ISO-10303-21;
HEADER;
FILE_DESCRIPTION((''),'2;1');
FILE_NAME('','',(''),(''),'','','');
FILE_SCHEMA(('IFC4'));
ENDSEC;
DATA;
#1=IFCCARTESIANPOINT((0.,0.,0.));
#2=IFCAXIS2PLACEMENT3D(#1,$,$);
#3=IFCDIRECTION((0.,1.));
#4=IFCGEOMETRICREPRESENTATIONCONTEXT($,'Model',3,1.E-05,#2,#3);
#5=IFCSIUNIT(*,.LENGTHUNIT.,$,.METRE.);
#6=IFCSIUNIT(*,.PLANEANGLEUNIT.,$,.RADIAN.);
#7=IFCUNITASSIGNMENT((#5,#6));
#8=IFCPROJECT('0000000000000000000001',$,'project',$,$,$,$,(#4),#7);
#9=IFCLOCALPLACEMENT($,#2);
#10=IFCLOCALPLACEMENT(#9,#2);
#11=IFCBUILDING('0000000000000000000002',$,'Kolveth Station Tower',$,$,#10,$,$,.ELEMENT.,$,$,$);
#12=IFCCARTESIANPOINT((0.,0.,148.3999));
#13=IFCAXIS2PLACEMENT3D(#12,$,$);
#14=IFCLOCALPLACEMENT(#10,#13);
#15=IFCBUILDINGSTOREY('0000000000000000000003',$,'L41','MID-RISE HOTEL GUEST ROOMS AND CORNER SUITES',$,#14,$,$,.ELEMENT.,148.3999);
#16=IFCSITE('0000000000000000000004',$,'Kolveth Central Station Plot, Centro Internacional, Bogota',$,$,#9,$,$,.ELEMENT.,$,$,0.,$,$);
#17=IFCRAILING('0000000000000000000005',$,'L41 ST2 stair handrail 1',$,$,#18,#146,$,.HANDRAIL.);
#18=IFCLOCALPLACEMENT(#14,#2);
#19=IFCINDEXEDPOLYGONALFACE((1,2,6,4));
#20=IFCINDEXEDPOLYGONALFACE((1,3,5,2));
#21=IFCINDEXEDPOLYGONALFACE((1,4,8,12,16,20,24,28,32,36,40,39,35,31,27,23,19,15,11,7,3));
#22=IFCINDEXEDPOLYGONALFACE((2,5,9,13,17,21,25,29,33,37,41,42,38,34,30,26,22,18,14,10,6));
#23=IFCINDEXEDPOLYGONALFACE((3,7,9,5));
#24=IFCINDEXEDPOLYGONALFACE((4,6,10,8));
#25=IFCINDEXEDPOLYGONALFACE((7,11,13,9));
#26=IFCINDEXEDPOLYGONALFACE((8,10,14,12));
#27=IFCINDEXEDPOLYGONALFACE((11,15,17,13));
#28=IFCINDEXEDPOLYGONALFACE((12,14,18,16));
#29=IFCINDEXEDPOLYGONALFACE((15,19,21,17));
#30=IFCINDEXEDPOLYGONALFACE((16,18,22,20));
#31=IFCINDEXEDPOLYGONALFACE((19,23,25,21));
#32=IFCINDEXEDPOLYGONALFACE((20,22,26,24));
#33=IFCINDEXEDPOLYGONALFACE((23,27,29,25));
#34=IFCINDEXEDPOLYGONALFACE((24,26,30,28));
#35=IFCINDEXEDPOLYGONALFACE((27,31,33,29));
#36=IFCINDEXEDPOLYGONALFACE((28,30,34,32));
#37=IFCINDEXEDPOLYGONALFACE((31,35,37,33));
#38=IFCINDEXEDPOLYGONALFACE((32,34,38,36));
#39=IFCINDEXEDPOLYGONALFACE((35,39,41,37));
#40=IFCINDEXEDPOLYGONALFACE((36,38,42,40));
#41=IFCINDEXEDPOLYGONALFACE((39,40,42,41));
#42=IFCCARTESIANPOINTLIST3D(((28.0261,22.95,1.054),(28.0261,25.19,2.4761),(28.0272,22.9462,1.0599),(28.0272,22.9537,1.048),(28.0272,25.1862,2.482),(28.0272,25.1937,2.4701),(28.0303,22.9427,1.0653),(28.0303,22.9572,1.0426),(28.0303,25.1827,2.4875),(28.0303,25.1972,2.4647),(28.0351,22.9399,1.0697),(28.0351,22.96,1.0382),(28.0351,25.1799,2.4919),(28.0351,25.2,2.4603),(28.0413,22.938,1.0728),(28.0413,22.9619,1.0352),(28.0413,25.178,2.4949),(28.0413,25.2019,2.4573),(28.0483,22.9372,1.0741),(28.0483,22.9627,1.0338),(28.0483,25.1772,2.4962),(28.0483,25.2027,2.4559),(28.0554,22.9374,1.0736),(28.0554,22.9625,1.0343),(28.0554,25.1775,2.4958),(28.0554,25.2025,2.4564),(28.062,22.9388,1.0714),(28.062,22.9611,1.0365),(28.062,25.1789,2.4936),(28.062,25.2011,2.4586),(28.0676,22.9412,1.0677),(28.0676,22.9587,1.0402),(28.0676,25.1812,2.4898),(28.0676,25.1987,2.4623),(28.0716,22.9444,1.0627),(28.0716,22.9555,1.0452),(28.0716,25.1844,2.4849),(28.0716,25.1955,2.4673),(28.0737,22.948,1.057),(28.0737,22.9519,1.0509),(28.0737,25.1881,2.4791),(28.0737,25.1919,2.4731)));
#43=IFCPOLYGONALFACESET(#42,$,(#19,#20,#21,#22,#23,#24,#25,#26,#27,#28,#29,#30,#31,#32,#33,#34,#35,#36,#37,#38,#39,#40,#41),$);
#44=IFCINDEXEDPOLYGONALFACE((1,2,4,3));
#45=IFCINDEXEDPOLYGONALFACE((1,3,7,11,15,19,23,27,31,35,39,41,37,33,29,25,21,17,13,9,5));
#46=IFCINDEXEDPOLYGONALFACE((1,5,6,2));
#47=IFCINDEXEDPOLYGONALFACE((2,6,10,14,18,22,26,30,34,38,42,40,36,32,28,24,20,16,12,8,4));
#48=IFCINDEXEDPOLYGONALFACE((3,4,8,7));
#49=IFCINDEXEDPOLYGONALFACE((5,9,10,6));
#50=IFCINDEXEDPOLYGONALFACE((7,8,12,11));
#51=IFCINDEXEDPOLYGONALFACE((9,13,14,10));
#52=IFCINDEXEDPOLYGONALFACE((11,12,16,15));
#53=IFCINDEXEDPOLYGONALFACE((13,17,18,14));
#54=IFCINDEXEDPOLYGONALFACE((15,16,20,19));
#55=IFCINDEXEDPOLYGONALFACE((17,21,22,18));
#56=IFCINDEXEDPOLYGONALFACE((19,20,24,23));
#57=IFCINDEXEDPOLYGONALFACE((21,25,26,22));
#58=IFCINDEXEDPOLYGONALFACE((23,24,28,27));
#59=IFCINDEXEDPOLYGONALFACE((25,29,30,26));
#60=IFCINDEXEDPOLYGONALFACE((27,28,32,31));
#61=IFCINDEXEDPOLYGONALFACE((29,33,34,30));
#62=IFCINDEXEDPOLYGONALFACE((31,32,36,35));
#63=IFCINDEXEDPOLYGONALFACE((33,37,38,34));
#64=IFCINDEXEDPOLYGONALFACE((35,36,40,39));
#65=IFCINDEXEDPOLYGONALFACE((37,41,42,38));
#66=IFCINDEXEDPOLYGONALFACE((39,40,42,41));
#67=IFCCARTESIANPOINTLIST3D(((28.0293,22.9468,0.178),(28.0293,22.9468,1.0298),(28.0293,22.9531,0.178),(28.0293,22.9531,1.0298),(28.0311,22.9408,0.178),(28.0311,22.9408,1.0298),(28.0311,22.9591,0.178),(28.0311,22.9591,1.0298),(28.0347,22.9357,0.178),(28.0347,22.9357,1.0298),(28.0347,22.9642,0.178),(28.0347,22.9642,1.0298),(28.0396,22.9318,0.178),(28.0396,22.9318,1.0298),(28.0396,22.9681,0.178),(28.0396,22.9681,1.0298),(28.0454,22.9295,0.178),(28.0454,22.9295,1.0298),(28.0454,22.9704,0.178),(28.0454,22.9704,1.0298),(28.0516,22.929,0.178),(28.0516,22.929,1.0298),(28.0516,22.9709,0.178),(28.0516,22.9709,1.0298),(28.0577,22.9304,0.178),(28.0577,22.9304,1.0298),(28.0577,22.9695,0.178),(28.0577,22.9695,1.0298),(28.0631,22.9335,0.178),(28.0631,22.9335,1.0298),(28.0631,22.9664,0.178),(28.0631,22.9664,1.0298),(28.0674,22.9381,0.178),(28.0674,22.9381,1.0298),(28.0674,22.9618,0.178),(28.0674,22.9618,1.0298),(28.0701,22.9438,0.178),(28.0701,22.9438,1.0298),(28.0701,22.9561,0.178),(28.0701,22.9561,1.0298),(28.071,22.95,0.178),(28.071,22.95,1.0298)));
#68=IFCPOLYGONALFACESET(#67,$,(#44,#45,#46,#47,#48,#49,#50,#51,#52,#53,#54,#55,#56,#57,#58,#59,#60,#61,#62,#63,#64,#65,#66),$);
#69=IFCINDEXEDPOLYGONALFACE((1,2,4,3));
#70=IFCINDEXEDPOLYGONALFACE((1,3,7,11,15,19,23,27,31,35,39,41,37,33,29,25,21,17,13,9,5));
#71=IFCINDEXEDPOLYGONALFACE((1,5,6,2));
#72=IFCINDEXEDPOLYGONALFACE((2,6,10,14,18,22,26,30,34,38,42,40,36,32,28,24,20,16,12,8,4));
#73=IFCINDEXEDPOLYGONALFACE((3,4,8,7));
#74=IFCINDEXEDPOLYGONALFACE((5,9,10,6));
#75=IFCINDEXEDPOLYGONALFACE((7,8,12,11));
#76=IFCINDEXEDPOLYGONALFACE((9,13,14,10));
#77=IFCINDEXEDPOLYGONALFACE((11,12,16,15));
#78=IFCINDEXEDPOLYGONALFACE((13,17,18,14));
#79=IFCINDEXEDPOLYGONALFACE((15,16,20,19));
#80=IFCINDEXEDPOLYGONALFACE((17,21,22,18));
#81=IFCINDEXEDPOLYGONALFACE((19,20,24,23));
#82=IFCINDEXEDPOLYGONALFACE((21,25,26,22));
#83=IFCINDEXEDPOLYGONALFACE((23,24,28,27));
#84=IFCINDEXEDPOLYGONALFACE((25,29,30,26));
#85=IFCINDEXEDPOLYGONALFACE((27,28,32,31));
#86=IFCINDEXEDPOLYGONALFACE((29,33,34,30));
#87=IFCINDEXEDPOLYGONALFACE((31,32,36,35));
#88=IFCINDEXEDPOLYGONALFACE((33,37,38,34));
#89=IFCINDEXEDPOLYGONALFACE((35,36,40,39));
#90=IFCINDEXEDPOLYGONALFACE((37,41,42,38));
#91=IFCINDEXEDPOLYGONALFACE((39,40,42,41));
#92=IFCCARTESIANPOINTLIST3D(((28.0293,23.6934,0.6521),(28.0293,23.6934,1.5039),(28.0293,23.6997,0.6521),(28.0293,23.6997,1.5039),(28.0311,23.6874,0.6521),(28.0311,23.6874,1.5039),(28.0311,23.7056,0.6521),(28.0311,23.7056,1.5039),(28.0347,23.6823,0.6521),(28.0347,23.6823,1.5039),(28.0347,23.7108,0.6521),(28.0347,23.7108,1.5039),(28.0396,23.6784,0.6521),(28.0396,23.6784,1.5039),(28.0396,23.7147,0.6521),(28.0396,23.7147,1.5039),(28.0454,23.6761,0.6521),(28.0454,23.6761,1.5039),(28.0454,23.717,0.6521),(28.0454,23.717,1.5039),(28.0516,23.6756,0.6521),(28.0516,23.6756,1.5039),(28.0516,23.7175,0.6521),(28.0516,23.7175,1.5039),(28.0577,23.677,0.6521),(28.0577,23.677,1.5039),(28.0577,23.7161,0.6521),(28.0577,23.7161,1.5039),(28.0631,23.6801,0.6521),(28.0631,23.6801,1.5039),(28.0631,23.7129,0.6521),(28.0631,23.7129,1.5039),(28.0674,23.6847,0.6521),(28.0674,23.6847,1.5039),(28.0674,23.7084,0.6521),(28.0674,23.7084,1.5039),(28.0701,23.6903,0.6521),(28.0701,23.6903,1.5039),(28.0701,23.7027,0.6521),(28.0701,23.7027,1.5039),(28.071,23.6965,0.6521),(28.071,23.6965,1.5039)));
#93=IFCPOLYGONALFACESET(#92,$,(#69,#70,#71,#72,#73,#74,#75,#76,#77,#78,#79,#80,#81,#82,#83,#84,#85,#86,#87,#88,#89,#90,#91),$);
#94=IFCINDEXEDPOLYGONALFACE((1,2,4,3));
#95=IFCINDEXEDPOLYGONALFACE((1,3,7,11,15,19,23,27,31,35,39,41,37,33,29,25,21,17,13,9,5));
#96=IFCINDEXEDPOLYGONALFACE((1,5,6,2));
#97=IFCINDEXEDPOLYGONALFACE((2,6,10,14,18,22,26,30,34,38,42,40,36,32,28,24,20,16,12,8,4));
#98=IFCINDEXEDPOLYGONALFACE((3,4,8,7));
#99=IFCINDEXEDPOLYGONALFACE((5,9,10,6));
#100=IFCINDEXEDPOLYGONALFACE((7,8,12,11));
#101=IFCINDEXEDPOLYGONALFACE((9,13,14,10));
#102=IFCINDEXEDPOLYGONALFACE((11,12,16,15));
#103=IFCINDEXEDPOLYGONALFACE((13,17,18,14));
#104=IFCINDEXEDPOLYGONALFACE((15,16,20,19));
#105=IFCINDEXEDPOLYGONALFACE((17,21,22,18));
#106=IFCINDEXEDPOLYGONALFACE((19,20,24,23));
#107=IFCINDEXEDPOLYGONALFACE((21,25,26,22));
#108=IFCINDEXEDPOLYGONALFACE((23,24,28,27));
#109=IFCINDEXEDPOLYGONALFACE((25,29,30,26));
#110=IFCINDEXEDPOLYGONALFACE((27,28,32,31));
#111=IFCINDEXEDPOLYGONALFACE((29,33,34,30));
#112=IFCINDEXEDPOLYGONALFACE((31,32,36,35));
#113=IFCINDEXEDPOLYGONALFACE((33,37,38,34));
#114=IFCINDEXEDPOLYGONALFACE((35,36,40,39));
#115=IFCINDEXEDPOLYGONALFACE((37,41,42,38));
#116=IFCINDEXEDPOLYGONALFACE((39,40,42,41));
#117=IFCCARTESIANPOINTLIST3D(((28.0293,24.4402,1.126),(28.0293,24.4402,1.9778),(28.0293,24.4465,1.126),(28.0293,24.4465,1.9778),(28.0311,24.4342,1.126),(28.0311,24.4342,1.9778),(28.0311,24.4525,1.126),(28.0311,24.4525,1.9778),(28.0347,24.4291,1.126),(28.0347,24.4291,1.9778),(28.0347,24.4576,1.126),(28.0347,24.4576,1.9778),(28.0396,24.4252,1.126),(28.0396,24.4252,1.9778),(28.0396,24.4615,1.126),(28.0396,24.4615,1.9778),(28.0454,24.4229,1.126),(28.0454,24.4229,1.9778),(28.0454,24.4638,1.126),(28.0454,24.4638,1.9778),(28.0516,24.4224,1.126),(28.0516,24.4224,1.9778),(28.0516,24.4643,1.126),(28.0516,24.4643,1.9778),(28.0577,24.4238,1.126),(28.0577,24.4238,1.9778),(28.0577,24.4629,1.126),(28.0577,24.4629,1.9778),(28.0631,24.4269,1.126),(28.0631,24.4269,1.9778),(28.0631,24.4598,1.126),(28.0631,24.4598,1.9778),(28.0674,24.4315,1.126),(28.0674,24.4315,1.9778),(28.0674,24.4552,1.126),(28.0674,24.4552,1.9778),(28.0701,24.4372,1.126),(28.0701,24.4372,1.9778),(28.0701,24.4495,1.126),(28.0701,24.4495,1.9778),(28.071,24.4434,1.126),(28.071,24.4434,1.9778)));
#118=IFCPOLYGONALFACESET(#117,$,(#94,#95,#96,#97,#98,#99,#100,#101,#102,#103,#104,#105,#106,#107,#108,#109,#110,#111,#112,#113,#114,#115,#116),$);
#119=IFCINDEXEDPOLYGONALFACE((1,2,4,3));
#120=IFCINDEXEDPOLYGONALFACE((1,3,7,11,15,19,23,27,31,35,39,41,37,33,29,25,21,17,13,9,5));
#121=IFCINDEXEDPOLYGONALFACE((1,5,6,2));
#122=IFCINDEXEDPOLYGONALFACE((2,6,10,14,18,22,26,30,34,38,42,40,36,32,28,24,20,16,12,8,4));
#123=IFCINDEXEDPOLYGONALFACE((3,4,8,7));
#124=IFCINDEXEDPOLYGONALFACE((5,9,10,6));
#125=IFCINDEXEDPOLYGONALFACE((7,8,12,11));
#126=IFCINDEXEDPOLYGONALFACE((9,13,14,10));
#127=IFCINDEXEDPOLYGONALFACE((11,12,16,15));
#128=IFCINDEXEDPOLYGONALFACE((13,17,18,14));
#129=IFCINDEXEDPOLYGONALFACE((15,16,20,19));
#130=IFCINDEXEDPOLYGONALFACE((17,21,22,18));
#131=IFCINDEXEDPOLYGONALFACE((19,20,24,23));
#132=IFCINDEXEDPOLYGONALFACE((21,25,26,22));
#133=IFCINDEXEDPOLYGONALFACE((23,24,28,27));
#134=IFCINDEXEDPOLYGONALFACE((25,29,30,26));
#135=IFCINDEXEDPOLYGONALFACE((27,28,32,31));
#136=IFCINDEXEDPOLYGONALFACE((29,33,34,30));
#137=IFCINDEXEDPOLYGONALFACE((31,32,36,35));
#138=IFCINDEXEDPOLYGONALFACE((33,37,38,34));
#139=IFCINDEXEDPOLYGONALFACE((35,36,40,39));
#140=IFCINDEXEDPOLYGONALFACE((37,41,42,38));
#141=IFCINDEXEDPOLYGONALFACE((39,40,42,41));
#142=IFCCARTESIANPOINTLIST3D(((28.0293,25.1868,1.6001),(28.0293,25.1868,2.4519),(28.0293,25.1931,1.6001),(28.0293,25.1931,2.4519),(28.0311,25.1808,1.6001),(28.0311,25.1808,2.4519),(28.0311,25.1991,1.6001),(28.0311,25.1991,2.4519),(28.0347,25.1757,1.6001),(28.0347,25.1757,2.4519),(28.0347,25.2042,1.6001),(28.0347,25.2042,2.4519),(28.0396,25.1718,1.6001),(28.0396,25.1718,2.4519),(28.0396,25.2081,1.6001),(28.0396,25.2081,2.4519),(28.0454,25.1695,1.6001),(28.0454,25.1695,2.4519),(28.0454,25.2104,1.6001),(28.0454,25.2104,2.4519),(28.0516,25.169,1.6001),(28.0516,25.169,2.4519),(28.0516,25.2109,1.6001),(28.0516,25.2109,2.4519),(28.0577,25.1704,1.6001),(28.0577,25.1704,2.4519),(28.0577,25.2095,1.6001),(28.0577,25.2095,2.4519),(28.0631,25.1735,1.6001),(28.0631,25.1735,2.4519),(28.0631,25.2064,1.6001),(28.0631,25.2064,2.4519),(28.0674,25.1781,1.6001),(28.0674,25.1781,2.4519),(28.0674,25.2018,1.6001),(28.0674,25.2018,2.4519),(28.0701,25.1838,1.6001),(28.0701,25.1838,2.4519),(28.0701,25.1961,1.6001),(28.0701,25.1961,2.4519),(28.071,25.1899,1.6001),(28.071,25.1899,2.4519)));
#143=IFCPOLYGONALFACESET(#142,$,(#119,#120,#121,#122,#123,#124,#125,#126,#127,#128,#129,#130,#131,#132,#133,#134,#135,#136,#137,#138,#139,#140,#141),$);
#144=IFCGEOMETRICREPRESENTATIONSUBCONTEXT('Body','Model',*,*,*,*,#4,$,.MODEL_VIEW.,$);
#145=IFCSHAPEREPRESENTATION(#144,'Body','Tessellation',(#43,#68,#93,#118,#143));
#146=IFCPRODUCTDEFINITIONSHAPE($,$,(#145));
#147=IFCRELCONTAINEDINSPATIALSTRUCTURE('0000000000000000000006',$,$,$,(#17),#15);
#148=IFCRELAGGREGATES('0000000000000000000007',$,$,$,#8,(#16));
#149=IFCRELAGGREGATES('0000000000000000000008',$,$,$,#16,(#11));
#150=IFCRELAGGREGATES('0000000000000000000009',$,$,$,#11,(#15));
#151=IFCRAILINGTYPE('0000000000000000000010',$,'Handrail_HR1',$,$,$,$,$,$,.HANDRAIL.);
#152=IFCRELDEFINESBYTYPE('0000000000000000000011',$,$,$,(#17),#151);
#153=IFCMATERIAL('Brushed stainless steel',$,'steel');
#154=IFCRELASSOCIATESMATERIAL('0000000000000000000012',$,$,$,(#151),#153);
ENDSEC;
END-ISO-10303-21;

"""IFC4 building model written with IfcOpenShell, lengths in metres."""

from ifc_helpers import new_model, si_unit, direction, frame, origin, origin_2d, place, context, subcontext, project, spatial, circle, extrude, material, type_object, element, save


model = new_model("IFC4")

# Units and contexts
model_context = context("Model", 3, precision=1e-05, world=origin(), true_north=direction((0.0, 1.0)))
body_context = subcontext(model_context, "Body", "Model", "MODEL_VIEW")
ifc_project = project(units=[si_unit("LENGTHUNIT", "METRE"), si_unit("PLANEANGLEUNIT", "RADIAN")], contexts=[model_context])

# Site, building, storey
site_placement = place(None, origin())
site = spatial("IfcSite", under=ifc_project, at=site_placement, Name="Kolveth Central Station Plot, Centro Internacional, Bogota", CompositionType="ELEMENT", RefElevation=0.0)
building_placement = place(site_placement, origin())
building = spatial("IfcBuilding", under=site, at=building_placement, Name="Kolveth Station Tower", CompositionType="ELEMENT")
storey_placement = place(building_placement, frame((0.0, 0.0, 148.3999)))
storey = spatial("IfcBuildingStorey", under=building, at=storey_placement, Name="L41", Description="MID-RISE HOTEL GUEST ROOMS AND CORNER SUITES", CompositionType="ELEMENT", Elevation=148.3999)

# Railing
ifc_material_1 = material(Name="Brushed stainless steel", Category="steel")
railing_type_1 = type_object("IfcRailingType", Name="Handrail_HR1", PredefinedType="HANDRAIL", material=ifc_material_1)
railing_1_placement = place(storey_placement, frame((28.05, 22.95, 0.178)))
element("IfcRailing", 1, at=railing_1_placement, inside=storey, type_object=railing_type_1, Name="L41 ST2 stair handrail 1", PredefinedType="HANDRAIL", context=body_context, shape_type="SweptSolid", body=[
    extrude(circle(Radius=0.0239, at=origin_2d()), frame((0.0, 0.0, 0.876), z_axis=(0.0, 0.844229, 0.535982), x_axis=(-1.0, 0.0, 0.0)), (0.0, 0.0, 1.0), 2.6533),
    extrude(circle(Radius=0.021, at=origin_2d()), origin(), (0.0, 0.0, 1.0), 0.8518),
    extrude(circle(Radius=0.021, at=origin_2d()), frame((0.0, 0.7466, 0.4741)), (0.0, 0.0, 1.0), 0.8518),
    extrude(circle(Radius=0.021, at=origin_2d()), frame((0.0, 1.4934, 0.948)), (0.0, 0.0, 1.0), 0.8518),
    extrude(circle(Radius=0.021, at=origin_2d()), frame((0.0, 2.24, 1.4221)), (0.0, 0.0, 1.0), 0.8518),
])

save(model, "model.ifc")
